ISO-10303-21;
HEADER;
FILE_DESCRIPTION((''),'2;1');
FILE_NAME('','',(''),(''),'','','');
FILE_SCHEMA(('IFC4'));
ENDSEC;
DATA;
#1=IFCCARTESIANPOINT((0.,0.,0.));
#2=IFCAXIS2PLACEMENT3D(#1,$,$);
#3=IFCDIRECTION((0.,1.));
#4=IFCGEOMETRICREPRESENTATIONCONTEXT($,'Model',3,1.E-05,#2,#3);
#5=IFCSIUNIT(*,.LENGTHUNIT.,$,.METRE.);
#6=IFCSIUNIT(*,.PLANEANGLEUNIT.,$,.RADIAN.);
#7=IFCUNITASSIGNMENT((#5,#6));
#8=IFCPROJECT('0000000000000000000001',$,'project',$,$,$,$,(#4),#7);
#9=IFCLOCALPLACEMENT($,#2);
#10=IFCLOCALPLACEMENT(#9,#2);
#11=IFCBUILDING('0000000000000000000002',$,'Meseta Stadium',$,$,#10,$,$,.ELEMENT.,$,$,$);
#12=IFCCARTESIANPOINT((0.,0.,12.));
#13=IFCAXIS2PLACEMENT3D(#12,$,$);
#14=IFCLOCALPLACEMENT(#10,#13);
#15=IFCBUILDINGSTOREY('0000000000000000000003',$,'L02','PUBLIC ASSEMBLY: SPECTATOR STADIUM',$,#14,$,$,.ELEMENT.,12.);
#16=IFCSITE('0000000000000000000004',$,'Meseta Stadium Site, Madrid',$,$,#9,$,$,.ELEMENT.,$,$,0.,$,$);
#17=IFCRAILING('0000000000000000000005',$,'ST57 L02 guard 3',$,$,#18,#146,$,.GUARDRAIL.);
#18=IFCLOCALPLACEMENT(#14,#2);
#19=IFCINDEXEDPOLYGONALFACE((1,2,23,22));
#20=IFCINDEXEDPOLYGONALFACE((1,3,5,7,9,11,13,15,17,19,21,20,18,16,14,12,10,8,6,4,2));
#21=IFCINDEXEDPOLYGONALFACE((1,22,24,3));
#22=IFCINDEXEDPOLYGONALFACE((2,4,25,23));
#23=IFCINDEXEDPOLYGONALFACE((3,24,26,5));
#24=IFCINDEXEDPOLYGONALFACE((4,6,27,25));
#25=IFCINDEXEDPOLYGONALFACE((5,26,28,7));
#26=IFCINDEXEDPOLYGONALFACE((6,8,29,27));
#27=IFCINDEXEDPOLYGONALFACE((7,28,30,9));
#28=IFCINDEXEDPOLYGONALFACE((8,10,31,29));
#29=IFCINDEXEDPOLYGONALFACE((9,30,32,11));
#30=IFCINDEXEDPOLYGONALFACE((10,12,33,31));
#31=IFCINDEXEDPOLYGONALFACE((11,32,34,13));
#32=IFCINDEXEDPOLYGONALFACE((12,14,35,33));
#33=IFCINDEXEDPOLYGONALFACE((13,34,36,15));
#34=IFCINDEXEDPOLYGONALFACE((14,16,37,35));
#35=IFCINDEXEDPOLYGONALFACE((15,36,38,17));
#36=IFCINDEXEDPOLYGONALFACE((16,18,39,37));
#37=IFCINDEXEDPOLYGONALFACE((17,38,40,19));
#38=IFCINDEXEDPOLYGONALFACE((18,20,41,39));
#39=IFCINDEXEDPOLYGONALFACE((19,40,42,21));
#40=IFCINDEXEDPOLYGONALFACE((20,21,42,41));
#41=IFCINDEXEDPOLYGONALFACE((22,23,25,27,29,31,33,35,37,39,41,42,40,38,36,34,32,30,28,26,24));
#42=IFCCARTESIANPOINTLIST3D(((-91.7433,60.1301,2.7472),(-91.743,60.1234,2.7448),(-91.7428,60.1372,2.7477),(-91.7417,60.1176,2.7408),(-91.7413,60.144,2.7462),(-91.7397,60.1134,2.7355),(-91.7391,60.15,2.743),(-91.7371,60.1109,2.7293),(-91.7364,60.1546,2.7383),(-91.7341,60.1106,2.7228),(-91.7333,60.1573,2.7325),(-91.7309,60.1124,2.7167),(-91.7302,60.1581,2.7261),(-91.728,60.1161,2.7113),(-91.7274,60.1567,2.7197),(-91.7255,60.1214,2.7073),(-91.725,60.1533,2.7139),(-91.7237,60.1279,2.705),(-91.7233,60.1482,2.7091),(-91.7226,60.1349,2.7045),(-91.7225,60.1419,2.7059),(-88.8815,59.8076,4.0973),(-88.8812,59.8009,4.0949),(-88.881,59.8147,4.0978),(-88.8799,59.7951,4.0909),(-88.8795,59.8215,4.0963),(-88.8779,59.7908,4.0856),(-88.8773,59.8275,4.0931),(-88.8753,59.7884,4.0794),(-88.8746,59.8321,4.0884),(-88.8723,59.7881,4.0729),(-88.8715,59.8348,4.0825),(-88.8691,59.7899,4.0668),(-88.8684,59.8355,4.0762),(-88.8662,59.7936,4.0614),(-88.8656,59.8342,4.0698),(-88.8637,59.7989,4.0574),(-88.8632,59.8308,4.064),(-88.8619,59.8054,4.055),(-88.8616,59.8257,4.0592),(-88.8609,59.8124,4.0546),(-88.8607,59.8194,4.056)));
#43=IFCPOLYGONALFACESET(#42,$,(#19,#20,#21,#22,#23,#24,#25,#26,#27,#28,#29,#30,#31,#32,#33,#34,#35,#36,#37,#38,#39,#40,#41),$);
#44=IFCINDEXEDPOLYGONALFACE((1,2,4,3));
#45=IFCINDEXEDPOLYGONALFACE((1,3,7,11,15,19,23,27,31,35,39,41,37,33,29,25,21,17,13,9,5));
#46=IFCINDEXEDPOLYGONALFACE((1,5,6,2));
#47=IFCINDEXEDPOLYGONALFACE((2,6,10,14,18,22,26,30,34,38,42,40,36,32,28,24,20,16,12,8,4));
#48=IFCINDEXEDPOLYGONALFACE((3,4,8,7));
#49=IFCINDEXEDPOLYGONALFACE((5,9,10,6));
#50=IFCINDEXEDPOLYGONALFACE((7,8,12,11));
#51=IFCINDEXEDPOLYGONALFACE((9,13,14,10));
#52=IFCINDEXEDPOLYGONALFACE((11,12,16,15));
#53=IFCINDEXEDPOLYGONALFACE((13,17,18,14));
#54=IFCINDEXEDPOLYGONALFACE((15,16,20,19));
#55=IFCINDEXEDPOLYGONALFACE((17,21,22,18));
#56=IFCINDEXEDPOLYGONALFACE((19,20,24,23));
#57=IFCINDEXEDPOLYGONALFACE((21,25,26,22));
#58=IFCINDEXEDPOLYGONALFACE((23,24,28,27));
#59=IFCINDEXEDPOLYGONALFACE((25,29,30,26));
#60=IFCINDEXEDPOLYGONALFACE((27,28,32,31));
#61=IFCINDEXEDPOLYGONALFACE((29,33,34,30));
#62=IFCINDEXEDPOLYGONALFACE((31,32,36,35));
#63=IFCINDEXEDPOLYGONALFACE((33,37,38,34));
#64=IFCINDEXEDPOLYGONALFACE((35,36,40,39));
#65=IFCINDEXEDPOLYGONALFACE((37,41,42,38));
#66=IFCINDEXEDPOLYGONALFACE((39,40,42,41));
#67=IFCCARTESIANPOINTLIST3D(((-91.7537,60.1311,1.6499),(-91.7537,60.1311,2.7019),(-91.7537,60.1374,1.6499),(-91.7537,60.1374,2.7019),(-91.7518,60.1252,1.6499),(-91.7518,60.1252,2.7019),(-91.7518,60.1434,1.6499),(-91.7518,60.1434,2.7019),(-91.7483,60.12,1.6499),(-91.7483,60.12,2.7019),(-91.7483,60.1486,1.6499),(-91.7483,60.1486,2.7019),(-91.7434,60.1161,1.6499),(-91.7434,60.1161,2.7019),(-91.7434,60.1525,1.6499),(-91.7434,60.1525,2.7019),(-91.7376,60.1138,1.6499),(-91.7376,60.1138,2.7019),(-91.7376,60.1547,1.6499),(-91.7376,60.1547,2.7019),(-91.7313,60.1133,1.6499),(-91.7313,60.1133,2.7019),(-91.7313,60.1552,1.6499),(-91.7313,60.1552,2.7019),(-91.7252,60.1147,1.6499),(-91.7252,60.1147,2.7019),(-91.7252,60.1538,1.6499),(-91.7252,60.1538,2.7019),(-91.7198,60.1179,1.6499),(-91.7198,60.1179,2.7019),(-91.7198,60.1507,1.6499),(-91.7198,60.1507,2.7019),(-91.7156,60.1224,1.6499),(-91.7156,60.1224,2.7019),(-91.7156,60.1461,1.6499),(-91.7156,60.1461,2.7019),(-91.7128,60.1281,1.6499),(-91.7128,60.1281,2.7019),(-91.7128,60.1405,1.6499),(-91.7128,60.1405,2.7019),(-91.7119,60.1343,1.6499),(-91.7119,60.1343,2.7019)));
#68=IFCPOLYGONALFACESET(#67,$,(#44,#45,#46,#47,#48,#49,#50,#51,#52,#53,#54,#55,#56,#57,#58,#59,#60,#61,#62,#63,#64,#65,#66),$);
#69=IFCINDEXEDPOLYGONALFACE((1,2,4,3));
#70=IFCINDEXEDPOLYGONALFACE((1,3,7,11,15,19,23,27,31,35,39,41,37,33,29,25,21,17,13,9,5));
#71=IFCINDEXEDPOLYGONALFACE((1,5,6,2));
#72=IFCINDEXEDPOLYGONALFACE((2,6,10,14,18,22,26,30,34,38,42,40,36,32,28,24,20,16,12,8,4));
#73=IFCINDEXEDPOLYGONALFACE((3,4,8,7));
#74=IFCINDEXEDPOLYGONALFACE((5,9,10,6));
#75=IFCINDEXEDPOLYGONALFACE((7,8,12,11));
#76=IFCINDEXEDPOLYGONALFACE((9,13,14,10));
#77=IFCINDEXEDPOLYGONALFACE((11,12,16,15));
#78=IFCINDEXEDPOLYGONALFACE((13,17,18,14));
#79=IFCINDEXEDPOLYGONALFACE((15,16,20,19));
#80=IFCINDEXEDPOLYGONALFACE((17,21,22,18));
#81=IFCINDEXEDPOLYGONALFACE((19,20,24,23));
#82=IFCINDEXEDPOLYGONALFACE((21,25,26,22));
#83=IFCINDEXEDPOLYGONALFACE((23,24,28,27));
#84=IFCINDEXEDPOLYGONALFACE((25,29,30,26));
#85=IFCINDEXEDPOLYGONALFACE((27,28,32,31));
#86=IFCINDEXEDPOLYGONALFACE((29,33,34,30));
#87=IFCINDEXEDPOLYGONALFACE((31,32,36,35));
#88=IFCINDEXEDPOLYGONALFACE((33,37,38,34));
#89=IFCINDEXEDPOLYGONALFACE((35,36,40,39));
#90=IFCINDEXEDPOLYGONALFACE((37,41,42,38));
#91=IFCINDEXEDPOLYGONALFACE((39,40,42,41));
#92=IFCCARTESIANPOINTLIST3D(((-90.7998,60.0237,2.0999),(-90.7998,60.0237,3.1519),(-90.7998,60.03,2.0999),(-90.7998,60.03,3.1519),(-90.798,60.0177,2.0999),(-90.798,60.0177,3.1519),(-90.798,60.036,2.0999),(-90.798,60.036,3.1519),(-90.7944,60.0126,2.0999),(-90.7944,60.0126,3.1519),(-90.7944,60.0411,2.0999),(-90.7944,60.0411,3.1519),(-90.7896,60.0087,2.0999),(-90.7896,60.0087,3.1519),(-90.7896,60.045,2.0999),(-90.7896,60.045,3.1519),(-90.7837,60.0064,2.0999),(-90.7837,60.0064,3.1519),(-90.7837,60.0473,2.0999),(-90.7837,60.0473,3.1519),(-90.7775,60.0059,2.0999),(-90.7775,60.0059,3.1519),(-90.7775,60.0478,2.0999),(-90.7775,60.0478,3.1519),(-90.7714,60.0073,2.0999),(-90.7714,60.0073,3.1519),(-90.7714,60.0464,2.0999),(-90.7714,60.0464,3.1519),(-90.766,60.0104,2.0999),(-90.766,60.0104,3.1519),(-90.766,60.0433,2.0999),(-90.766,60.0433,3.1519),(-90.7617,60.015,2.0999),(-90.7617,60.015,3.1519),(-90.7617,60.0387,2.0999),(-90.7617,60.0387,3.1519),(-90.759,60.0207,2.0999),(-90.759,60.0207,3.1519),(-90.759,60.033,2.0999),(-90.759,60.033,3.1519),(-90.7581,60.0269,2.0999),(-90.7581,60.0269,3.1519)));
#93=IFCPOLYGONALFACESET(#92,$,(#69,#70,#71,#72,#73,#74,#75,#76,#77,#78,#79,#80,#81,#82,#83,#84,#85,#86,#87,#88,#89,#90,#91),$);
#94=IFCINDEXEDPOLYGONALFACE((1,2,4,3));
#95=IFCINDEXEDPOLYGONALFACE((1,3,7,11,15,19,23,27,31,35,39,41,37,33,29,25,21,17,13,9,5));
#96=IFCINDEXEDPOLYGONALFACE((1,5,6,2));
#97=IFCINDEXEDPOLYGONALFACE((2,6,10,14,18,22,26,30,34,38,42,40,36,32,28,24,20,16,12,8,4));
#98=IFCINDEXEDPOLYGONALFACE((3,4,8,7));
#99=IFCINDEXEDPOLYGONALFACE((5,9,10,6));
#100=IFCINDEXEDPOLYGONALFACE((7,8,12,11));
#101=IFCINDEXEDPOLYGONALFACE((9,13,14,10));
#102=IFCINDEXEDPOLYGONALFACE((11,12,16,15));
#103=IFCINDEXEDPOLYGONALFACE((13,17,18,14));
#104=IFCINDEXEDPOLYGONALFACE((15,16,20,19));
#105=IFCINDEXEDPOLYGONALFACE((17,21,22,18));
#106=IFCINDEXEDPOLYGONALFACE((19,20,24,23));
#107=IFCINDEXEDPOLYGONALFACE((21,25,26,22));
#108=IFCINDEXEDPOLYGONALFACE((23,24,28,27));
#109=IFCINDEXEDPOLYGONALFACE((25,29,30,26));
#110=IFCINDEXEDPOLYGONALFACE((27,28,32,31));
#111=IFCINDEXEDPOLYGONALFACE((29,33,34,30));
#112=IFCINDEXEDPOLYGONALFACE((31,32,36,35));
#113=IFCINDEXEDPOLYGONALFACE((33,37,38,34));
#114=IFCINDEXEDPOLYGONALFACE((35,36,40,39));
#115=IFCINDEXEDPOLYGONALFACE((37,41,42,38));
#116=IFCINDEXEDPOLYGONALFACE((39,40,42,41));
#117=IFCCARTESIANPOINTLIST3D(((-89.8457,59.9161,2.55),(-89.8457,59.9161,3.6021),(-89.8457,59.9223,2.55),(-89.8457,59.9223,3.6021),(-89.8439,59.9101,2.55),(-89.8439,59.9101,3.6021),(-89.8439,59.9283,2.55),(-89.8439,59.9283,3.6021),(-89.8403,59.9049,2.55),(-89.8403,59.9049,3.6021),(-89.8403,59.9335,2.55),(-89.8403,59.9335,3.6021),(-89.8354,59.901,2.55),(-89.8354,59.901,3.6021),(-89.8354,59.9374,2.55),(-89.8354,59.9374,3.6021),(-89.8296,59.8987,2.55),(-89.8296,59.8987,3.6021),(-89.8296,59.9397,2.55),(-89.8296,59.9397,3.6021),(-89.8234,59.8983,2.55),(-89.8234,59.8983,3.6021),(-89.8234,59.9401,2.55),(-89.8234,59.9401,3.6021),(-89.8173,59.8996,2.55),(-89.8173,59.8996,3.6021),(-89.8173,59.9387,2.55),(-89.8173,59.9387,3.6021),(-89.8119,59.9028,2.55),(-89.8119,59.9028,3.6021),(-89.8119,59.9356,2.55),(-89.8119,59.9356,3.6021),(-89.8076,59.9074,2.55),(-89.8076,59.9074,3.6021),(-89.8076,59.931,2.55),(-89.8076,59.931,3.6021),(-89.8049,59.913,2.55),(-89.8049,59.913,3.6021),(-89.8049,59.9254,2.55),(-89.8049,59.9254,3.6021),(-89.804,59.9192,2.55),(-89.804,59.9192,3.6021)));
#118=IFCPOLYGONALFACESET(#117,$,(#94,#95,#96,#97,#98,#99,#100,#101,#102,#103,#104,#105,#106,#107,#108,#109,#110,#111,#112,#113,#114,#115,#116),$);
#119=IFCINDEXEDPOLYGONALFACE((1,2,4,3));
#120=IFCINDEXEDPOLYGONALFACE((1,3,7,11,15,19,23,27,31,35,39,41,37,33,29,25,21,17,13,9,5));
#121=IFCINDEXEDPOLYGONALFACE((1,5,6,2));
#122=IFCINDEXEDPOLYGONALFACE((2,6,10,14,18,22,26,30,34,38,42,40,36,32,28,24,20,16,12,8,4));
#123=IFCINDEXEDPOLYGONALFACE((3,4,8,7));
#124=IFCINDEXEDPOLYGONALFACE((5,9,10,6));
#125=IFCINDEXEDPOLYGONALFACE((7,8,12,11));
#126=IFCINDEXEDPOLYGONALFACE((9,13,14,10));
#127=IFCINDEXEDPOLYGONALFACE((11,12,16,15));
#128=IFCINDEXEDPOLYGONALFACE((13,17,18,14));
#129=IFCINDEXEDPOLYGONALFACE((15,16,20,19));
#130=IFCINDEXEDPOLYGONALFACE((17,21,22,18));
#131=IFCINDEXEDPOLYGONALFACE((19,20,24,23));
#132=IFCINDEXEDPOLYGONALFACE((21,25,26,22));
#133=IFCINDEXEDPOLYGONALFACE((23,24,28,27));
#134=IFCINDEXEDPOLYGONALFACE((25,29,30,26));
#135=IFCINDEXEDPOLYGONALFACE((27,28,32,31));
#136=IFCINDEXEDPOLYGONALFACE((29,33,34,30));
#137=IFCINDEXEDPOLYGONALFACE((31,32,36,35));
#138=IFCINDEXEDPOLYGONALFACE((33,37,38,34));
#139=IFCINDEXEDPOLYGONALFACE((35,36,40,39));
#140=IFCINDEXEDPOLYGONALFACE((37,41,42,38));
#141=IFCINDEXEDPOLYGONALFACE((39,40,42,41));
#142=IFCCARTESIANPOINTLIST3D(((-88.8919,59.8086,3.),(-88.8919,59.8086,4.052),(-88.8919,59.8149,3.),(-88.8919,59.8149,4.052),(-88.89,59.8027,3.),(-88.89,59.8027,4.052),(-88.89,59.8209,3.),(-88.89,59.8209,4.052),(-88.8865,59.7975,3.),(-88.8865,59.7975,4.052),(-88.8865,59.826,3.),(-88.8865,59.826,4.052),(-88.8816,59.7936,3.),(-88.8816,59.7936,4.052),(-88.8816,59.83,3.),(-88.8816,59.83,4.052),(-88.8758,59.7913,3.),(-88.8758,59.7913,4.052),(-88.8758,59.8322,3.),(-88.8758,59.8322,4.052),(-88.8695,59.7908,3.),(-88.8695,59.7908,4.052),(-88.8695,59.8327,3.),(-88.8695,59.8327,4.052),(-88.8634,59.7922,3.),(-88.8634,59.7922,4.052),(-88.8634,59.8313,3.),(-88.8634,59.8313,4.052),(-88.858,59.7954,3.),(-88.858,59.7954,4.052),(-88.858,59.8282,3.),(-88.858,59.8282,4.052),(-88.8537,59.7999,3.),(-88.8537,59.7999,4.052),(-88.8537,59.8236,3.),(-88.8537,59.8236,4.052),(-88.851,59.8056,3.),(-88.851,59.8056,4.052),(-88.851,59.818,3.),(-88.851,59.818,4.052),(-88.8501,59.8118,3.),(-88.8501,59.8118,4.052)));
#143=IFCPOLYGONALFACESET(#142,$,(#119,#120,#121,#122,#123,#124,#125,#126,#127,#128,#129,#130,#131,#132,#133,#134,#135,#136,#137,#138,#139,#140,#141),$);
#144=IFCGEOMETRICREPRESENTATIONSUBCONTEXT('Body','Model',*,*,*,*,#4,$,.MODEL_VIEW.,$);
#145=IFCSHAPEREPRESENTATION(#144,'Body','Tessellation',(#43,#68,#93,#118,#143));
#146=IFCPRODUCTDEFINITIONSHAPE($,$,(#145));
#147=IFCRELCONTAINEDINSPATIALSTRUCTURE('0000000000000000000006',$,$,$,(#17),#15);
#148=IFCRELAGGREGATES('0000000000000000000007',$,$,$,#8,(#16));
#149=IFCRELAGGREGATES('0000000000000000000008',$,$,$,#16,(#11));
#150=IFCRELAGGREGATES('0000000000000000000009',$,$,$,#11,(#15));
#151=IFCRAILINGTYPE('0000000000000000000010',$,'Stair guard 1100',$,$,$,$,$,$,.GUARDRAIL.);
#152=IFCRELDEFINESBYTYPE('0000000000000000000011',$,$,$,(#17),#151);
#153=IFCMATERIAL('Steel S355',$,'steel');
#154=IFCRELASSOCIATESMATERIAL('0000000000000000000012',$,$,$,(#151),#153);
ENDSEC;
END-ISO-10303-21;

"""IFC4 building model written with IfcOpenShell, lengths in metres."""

from ifc_helpers import new_model, si_unit, direction, frame, origin, origin_2d, place, context, subcontext, project, spatial, circle, extrude, material, type_object, element, save


model = new_model("IFC4")

# Units and contexts
model_context = context("Model", 3, precision=1e-05, world=origin(), true_north=direction((0.0, 1.0)))
body_context = subcontext(model_context, "Body", "Model", "MODEL_VIEW")
ifc_project = project(units=[si_unit("LENGTHUNIT", "METRE"), si_unit("PLANEANGLEUNIT", "RADIAN")], contexts=[model_context])

# Site, building, storey
site_placement = place(None, origin())
site = spatial("IfcSite", under=ifc_project, at=site_placement, Name="Meseta Stadium Site, Madrid", CompositionType="ELEMENT", RefElevation=0.0)
building_placement = place(site_placement, origin())
building = spatial("IfcBuilding", under=site, at=building_placement, Name="Meseta Stadium", CompositionType="ELEMENT")
storey_placement = place(building_placement, frame((0.0, 0.0, 12.0)))
storey = spatial("IfcBuildingStorey", under=building, at=storey_placement, Name="L02", Description="PUBLIC ASSEMBLY: SPECTATOR STADIUM", CompositionType="ELEMENT", Elevation=12.0)

# Railing
ifc_material_1 = material(Name="Steel S355", Category="steel")
railing_type_1 = type_object("IfcRailingType", Name="Stair guard 1100", PredefinedType="GUARDRAIL", material=ifc_material_1)
railing_1_placement = place(storey_placement, frame((-91.7329, 60.1343, 1.6499)))
element("IfcRailing", 1, at=railing_1_placement, inside=storey, type_object=railing_type_1, Name="ST57 L02 guard 3", PredefinedType="GUARDRAIL", context=body_context, shape_type="SweptSolid", body=[
    extrude(circle(Radius=0.0239, at=origin_2d()), frame((0.0, 0.0, 1.0762), z_axis=(0.899748, -0.101396, 0.424467), x_axis=(0.111985, 0.99371, 0.0)), (0.0, 0.0, 1.0), 3.1807),
    extrude(circle(Radius=0.021, at=origin_2d()), origin(), (0.0, 0.0, 1.0), 1.052),
    extrude(circle(Radius=0.021, at=origin_2d()), frame((0.9539, -0.1074, 0.45)), (0.0, 0.0, 1.0), 1.052),
    extrude(circle(Radius=0.021, at=origin_2d()), frame((1.908, -0.2151, 0.9001)), (0.0, 0.0, 1.0), 1.052),
    extrude(circle(Radius=0.021, at=origin_2d()), frame((2.8618, -0.3225, 1.3501)), (0.0, 0.0, 1.0), 1.052),
])

save(model, "model.ifc")
